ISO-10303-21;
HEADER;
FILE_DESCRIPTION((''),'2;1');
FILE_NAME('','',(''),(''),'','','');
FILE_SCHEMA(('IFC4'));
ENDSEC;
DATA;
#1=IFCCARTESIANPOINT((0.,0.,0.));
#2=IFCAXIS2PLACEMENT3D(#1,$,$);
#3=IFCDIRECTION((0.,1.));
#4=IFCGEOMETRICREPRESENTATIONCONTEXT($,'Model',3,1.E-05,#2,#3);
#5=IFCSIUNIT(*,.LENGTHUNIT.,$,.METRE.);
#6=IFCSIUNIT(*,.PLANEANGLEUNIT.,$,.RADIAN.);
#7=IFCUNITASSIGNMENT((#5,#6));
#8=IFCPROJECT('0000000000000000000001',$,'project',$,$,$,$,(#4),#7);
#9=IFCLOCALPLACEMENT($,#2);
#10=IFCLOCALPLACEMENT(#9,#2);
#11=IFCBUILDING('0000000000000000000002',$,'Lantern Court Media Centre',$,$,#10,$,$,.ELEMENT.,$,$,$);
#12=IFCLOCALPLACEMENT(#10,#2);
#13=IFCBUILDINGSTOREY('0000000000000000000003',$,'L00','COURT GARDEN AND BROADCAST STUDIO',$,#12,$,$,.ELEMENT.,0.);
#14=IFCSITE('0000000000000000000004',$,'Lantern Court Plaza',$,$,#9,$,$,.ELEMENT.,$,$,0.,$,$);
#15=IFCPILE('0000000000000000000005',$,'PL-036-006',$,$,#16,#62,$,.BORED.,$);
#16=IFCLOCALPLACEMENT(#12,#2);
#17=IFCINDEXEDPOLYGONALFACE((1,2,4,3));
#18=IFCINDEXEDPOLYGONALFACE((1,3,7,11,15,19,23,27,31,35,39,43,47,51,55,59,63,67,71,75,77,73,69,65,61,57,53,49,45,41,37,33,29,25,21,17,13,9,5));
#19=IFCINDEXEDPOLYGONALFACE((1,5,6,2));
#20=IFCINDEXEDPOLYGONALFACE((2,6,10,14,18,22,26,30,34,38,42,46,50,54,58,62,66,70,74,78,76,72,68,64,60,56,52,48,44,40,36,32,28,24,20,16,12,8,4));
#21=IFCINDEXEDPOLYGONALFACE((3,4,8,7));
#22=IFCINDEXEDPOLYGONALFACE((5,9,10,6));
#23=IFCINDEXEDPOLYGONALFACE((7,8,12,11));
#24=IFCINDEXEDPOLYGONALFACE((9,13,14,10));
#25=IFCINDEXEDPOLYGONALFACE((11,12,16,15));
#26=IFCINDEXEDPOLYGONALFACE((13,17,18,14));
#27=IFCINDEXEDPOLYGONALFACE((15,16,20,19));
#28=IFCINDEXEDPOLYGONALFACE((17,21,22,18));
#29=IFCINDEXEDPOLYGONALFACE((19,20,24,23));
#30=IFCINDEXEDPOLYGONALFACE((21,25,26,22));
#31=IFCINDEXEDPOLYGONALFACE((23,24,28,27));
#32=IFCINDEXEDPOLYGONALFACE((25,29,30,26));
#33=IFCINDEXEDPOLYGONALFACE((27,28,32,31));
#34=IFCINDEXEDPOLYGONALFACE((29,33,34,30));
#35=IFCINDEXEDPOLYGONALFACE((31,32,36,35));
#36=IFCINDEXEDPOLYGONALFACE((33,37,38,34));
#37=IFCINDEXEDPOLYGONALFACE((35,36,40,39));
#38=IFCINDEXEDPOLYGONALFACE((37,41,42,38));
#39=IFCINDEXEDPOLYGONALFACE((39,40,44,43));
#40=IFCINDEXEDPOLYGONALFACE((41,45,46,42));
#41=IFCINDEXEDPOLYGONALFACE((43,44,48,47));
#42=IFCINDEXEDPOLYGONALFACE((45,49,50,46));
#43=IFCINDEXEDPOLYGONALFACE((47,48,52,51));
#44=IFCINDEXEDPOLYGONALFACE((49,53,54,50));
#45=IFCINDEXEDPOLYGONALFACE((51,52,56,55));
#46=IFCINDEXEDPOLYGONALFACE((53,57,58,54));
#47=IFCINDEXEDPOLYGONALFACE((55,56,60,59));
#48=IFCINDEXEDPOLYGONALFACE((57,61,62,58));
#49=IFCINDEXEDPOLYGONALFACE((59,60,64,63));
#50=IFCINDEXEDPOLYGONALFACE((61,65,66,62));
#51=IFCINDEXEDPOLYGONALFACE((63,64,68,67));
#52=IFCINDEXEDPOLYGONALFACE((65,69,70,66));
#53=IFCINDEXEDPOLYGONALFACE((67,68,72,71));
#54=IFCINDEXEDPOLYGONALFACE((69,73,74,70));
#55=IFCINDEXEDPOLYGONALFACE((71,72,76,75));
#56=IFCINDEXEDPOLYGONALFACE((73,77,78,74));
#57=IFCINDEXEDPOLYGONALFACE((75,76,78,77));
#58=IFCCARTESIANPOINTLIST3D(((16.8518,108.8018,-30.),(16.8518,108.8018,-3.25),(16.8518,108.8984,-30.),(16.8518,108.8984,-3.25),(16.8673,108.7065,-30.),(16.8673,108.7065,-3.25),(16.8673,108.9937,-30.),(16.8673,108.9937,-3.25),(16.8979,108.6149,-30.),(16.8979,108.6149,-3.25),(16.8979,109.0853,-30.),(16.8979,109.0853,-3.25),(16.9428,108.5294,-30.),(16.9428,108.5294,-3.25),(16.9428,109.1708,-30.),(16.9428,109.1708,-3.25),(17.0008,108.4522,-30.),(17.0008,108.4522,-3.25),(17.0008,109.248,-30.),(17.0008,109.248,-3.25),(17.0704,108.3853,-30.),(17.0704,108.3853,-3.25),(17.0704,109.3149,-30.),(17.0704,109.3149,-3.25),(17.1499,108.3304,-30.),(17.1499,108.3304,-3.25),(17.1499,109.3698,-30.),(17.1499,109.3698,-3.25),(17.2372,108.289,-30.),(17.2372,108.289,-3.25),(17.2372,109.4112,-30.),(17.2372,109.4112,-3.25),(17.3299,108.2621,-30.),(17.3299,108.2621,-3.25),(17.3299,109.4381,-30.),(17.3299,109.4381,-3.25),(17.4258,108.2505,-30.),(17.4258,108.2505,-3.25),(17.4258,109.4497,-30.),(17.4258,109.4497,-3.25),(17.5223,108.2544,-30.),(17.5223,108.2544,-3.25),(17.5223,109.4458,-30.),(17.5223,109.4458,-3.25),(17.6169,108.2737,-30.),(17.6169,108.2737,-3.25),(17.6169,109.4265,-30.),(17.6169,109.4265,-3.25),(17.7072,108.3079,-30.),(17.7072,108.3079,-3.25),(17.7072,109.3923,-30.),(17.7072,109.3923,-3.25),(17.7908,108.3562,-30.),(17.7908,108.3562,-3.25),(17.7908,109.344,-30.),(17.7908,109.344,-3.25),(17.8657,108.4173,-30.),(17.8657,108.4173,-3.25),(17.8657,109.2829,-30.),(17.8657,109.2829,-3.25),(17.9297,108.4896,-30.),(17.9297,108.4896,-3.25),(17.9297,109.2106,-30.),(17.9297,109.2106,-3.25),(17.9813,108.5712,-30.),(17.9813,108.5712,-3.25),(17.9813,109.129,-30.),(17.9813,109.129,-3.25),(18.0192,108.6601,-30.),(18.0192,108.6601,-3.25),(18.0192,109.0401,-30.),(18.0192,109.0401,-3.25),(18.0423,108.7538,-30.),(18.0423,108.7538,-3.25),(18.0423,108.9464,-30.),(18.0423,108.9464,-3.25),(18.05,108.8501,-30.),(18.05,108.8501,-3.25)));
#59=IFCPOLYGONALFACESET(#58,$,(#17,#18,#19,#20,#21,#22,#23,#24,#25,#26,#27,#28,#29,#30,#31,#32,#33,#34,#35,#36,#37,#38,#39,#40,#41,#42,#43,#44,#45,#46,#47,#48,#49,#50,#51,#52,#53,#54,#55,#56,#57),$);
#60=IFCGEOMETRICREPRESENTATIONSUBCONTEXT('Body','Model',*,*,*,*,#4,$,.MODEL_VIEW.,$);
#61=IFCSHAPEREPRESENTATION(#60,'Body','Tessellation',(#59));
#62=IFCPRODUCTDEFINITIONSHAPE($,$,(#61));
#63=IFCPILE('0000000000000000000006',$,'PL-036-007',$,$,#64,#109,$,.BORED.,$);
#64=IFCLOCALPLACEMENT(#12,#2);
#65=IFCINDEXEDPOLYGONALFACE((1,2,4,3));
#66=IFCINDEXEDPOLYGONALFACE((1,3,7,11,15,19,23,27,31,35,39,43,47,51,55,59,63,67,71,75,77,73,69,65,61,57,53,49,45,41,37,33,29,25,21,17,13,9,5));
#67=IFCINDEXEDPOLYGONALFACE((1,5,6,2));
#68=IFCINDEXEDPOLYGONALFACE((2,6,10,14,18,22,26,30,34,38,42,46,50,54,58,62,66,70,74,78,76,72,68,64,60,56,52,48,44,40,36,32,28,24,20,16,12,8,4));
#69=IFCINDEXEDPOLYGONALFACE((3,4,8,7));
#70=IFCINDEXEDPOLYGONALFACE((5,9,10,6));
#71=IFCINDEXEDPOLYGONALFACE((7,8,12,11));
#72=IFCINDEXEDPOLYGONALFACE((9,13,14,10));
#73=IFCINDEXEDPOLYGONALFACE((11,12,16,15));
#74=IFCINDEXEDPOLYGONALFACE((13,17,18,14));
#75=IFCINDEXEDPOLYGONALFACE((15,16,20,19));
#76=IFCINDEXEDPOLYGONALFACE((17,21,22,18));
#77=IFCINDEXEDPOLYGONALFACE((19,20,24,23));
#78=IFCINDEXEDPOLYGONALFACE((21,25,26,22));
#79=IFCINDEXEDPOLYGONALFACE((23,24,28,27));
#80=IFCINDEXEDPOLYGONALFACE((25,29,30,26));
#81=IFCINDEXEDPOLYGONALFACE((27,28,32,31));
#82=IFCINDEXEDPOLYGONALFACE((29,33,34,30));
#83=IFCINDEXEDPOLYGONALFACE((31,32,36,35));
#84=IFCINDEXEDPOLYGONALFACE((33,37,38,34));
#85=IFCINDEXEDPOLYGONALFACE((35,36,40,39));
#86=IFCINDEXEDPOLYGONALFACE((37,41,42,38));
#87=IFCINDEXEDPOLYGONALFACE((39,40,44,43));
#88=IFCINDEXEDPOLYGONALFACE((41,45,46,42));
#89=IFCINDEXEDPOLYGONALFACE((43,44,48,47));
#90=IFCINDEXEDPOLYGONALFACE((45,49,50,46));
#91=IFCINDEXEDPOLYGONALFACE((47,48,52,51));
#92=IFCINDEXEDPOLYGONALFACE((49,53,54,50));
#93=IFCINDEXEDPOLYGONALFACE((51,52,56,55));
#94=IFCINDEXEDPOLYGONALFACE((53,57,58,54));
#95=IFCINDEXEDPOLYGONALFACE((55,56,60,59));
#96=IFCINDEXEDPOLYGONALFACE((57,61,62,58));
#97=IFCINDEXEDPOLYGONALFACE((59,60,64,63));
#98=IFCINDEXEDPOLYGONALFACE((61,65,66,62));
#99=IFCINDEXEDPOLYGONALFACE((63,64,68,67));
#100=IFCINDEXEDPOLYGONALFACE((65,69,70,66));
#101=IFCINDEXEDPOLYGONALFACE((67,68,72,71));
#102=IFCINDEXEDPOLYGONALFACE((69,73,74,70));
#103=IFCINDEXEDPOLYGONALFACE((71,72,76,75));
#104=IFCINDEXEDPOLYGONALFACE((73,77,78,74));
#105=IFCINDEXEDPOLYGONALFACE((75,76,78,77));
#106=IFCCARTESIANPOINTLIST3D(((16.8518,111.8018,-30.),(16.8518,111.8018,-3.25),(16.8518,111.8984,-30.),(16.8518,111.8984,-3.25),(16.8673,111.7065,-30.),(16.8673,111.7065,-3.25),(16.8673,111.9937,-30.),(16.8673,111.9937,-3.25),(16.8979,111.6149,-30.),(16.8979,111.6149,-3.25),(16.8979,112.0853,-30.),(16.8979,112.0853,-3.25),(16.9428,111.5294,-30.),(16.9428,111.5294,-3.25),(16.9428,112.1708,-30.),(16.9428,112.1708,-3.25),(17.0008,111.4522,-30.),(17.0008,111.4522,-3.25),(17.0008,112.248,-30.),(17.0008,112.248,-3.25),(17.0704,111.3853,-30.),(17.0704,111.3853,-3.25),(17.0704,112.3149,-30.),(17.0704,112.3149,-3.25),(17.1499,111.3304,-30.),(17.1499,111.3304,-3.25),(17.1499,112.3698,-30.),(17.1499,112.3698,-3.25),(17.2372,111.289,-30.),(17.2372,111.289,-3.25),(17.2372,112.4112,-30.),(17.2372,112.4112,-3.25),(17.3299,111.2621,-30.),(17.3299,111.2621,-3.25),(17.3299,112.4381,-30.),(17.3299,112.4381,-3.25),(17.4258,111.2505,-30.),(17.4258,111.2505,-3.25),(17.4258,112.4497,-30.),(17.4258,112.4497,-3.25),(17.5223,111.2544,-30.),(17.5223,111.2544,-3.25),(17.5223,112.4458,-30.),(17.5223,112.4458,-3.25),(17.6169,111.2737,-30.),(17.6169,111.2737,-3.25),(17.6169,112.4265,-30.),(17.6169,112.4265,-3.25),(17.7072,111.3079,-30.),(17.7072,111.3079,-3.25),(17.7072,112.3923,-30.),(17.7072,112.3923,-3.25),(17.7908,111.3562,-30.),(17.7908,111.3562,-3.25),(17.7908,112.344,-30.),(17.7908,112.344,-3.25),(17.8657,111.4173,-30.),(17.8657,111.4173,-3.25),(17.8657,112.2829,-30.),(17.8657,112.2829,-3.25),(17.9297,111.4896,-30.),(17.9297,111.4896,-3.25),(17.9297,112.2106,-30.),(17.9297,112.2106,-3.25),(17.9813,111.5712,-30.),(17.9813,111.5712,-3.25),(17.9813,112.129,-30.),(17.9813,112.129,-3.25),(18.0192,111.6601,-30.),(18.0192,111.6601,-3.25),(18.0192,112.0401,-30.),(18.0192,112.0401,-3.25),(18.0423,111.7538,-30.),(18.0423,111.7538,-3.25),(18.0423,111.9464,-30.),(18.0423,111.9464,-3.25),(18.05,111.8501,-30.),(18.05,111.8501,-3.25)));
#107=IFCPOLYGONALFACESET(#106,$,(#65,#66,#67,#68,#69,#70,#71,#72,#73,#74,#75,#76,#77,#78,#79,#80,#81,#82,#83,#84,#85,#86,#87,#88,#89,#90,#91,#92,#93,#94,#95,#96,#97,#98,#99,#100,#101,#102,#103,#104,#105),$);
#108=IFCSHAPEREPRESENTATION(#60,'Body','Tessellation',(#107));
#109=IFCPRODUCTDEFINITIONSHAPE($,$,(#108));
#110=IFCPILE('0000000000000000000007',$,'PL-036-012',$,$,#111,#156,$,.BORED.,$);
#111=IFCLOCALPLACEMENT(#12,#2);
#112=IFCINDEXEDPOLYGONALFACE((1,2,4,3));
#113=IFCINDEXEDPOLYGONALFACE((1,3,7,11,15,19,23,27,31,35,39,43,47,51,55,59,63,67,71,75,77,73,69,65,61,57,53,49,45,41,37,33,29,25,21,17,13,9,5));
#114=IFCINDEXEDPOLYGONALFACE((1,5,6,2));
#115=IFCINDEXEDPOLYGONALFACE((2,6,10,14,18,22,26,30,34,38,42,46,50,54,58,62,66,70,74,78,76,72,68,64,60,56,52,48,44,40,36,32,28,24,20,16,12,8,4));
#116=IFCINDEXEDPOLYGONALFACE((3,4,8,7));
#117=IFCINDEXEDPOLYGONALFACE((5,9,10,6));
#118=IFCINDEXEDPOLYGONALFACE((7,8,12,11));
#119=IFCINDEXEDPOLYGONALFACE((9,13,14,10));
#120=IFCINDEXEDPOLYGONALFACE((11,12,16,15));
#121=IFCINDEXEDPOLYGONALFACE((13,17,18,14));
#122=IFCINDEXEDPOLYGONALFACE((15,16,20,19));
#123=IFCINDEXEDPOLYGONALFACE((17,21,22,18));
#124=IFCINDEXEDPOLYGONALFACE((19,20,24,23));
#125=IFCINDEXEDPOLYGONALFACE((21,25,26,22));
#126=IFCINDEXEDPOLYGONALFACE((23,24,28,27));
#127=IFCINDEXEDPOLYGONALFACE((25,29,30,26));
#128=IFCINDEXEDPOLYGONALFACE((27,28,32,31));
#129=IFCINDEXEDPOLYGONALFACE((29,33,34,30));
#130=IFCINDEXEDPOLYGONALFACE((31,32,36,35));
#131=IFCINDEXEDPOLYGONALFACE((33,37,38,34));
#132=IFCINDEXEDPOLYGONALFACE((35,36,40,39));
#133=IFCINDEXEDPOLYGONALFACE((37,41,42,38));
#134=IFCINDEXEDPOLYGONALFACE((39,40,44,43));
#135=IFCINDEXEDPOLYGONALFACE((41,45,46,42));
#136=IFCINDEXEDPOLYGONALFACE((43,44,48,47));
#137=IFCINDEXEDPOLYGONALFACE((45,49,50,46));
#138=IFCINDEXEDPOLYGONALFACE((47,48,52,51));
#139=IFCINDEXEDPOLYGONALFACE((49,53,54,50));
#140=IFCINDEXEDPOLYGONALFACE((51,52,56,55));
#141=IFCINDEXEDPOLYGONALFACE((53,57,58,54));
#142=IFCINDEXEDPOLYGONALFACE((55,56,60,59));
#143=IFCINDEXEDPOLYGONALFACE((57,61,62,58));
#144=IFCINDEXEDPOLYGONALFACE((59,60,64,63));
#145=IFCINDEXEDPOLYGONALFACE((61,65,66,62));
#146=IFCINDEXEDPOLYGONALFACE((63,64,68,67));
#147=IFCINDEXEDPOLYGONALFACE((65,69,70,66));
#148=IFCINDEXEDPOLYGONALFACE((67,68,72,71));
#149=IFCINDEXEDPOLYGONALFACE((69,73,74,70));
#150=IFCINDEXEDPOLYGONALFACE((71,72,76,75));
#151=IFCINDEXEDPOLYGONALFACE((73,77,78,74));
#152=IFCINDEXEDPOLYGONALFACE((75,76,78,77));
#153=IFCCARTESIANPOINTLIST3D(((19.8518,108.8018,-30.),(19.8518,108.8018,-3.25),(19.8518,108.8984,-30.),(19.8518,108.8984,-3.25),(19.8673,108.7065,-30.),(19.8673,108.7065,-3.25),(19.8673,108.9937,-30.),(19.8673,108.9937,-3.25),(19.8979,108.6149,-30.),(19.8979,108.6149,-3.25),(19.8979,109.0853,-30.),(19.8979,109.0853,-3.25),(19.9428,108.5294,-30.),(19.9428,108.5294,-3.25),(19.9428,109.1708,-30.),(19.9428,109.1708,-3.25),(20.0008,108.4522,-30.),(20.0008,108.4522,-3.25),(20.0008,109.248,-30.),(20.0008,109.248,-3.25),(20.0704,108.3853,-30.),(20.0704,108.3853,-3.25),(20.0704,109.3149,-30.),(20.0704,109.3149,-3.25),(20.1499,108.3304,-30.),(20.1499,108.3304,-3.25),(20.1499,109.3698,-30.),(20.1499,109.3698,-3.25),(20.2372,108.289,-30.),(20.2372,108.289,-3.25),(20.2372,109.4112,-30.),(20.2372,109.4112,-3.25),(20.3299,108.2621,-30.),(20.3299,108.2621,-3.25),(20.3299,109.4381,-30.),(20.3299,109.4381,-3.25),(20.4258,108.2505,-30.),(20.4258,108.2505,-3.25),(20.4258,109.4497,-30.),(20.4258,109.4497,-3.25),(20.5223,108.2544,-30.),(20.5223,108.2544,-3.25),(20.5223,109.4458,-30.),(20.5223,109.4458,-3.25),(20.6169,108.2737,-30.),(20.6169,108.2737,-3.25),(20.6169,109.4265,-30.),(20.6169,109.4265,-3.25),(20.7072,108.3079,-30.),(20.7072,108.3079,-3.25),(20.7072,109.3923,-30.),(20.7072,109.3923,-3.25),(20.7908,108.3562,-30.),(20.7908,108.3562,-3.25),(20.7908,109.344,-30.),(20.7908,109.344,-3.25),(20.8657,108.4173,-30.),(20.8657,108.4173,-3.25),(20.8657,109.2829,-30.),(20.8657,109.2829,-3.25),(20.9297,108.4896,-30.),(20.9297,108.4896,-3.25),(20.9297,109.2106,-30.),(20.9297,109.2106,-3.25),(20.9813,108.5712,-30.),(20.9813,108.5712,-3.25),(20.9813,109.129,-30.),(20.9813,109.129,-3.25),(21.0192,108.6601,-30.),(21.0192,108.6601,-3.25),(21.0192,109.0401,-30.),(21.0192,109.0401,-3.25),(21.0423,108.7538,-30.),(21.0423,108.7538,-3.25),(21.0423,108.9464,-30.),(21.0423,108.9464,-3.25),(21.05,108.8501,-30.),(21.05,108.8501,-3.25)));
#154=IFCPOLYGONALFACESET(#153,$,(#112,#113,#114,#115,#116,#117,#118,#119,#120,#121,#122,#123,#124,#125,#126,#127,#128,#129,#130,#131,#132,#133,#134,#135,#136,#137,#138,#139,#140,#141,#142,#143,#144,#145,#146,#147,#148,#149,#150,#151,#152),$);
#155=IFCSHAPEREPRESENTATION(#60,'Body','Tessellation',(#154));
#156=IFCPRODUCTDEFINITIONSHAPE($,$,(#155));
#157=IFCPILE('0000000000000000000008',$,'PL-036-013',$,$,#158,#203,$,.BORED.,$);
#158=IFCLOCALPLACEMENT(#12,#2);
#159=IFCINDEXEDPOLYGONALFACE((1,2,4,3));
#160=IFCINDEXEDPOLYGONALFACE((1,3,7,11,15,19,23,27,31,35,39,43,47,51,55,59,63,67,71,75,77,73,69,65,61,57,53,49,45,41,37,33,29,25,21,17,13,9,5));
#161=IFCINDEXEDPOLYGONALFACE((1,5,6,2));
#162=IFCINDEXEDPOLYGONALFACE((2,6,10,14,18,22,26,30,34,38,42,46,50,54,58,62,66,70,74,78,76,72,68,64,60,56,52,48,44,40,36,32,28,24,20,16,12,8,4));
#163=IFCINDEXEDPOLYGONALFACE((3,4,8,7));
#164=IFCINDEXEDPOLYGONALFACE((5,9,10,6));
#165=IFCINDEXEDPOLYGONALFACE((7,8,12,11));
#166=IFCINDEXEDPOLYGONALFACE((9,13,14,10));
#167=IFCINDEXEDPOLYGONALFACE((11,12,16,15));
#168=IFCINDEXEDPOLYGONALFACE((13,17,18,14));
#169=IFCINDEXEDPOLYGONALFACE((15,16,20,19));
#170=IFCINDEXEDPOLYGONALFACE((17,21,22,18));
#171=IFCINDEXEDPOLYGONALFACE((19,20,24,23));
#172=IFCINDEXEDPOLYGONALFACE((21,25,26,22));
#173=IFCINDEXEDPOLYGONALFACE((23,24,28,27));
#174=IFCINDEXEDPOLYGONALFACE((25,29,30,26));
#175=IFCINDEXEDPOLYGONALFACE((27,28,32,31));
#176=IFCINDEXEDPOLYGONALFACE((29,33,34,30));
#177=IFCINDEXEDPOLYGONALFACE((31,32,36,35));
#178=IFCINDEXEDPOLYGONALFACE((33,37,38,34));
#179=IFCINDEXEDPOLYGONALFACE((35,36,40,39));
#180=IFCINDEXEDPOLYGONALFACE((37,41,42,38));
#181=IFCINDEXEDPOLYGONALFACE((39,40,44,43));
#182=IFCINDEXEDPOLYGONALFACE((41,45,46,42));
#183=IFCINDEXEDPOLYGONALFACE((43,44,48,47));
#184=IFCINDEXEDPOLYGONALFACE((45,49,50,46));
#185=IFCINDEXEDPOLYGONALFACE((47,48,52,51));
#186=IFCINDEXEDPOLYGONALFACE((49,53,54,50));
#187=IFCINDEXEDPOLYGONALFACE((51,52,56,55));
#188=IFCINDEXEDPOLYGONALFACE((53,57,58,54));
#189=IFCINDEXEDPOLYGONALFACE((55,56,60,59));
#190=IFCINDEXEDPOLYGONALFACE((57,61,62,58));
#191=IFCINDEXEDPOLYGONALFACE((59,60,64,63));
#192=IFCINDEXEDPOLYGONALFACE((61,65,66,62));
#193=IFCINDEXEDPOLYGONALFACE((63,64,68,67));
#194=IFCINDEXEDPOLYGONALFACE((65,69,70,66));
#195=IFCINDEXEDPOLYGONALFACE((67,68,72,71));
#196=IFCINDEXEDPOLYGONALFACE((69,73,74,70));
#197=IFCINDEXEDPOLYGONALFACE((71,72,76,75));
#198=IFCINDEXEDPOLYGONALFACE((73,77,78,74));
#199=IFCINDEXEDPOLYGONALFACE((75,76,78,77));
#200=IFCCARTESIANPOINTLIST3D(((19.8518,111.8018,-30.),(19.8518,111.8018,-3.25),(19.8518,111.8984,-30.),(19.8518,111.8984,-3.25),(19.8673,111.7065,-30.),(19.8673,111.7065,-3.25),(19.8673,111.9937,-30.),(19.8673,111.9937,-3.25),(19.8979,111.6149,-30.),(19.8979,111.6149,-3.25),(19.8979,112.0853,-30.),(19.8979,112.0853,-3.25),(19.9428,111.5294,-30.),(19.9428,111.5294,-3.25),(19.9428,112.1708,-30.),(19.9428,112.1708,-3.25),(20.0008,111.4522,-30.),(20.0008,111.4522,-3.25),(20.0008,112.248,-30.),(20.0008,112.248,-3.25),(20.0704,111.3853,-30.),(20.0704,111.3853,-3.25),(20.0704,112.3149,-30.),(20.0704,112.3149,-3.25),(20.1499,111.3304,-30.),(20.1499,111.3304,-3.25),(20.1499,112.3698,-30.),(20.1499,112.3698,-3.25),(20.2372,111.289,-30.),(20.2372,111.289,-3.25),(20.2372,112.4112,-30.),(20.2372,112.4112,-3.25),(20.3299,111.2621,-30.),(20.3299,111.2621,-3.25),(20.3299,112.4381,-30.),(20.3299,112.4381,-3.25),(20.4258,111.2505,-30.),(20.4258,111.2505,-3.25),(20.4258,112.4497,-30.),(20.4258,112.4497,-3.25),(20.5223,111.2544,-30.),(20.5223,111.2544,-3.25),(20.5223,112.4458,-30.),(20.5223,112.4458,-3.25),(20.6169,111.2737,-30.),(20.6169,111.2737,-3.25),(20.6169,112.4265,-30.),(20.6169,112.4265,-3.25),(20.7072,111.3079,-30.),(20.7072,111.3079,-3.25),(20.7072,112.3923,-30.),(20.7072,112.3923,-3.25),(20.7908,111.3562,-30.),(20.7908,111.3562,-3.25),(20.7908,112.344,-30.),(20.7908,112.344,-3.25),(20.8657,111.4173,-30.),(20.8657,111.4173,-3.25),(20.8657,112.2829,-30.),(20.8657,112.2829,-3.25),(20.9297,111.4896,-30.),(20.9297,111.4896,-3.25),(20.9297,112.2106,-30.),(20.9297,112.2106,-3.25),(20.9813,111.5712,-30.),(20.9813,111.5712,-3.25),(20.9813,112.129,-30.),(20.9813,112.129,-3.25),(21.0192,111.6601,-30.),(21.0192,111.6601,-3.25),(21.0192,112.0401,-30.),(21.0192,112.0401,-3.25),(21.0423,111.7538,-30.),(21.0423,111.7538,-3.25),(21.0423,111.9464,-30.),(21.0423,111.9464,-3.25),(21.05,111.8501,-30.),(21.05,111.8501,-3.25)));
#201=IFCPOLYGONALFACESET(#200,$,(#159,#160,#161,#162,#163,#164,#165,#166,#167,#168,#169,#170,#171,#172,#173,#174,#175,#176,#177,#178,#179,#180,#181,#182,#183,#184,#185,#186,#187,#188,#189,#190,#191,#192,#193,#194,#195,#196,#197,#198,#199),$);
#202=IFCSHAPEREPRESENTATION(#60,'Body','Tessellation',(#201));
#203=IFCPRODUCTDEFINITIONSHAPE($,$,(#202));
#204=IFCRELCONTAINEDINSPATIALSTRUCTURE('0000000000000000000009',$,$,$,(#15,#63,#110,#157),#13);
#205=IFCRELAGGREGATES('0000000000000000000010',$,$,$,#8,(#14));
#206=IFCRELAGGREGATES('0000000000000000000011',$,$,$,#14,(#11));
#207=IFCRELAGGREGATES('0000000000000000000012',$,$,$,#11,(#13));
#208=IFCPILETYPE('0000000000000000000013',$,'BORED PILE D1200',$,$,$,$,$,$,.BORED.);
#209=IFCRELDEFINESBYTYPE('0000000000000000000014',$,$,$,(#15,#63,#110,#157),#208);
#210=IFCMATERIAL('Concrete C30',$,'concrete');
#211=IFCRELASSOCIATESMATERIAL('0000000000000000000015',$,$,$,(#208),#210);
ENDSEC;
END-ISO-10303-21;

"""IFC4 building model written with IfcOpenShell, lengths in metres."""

from ifc_helpers import new_model, si_unit, direction, frame, origin, origin_2d, place, context, subcontext, project, spatial, circle, extrude, material, material_profile, profile_set, type_object, element, save


model = new_model("IFC4")

# Units and contexts
model_context = context("Model", 3, precision=1e-05, world=origin(), true_north=direction((0.0, 1.0)))
body_context = subcontext(model_context, "Body", "Model", "MODEL_VIEW")
ifc_project = project(units=[si_unit("LENGTHUNIT", "METRE"), si_unit("PLANEANGLEUNIT", "RADIAN")], contexts=[model_context])

# Site, building, storey
site_placement = place(None, origin())
site = spatial("IfcSite", under=ifc_project, at=site_placement, Name="Lantern Court Plaza", CompositionType="ELEMENT", RefElevation=0.0)
building_placement = place(site_placement, origin())
building = spatial("IfcBuilding", under=site, at=building_placement, Name="Lantern Court Media Centre", CompositionType="ELEMENT")
storey_placement = place(building_placement, origin())
storey = spatial("IfcBuildingStorey", under=building, at=storey_placement, Name="L00", Description="COURT GARDEN AND BROADCAST STUDIO", CompositionType="ELEMENT", Elevation=0.0)

# Piles
ifc_material_1 = material(Name="Concrete C30", Category="concrete")
ifc_material_profile = material_profile(ifc_material_1, circle(Radius=0.6001, at=origin_2d()), Name="D1200")
ifc_profile_set = profile_set([ifc_material_profile], Name="Concrete C30")
pile_type = type_object("IfcPileType", Name="BORED PILE D1200", PredefinedType="BORED", material=ifc_profile_set)
for number, where, z_axis, x_axis, name in (
    (1, (17.45, 108.8501, -3.25), (0.0, 0.0, -1.0), (1.0, 0.0, 0.0), "PL-036-006"),
    (2, (17.45, 111.8501, -3.25), (0.0, 0.0, -1.0), (1.0, 0.0, 0.0), "PL-036-007"),
    (3, (20.45, 108.8501, -3.25), (0.0, 0.0, -1.0), (1.0, 0.0, 0.0), "PL-036-012"),
    (4, (20.45, 111.8501, -3.25), (0.0, 0.0, -1.0), (1.0, 0.0, 0.0), "PL-036-013"),
):
    element("IfcPile", number, at=place(storey_placement, frame(where, z_axis=z_axis, x_axis=x_axis)), inside=storey, type_object=pile_type, Name=name, PredefinedType="BORED", context=body_context, shape_type="SweptSolid", body=[
        extrude(circle(Radius=0.6001, at=origin_2d()), origin(), (0.0, 0.0, 1.0), 26.75),
    ])

save(model, "model.ifc")
